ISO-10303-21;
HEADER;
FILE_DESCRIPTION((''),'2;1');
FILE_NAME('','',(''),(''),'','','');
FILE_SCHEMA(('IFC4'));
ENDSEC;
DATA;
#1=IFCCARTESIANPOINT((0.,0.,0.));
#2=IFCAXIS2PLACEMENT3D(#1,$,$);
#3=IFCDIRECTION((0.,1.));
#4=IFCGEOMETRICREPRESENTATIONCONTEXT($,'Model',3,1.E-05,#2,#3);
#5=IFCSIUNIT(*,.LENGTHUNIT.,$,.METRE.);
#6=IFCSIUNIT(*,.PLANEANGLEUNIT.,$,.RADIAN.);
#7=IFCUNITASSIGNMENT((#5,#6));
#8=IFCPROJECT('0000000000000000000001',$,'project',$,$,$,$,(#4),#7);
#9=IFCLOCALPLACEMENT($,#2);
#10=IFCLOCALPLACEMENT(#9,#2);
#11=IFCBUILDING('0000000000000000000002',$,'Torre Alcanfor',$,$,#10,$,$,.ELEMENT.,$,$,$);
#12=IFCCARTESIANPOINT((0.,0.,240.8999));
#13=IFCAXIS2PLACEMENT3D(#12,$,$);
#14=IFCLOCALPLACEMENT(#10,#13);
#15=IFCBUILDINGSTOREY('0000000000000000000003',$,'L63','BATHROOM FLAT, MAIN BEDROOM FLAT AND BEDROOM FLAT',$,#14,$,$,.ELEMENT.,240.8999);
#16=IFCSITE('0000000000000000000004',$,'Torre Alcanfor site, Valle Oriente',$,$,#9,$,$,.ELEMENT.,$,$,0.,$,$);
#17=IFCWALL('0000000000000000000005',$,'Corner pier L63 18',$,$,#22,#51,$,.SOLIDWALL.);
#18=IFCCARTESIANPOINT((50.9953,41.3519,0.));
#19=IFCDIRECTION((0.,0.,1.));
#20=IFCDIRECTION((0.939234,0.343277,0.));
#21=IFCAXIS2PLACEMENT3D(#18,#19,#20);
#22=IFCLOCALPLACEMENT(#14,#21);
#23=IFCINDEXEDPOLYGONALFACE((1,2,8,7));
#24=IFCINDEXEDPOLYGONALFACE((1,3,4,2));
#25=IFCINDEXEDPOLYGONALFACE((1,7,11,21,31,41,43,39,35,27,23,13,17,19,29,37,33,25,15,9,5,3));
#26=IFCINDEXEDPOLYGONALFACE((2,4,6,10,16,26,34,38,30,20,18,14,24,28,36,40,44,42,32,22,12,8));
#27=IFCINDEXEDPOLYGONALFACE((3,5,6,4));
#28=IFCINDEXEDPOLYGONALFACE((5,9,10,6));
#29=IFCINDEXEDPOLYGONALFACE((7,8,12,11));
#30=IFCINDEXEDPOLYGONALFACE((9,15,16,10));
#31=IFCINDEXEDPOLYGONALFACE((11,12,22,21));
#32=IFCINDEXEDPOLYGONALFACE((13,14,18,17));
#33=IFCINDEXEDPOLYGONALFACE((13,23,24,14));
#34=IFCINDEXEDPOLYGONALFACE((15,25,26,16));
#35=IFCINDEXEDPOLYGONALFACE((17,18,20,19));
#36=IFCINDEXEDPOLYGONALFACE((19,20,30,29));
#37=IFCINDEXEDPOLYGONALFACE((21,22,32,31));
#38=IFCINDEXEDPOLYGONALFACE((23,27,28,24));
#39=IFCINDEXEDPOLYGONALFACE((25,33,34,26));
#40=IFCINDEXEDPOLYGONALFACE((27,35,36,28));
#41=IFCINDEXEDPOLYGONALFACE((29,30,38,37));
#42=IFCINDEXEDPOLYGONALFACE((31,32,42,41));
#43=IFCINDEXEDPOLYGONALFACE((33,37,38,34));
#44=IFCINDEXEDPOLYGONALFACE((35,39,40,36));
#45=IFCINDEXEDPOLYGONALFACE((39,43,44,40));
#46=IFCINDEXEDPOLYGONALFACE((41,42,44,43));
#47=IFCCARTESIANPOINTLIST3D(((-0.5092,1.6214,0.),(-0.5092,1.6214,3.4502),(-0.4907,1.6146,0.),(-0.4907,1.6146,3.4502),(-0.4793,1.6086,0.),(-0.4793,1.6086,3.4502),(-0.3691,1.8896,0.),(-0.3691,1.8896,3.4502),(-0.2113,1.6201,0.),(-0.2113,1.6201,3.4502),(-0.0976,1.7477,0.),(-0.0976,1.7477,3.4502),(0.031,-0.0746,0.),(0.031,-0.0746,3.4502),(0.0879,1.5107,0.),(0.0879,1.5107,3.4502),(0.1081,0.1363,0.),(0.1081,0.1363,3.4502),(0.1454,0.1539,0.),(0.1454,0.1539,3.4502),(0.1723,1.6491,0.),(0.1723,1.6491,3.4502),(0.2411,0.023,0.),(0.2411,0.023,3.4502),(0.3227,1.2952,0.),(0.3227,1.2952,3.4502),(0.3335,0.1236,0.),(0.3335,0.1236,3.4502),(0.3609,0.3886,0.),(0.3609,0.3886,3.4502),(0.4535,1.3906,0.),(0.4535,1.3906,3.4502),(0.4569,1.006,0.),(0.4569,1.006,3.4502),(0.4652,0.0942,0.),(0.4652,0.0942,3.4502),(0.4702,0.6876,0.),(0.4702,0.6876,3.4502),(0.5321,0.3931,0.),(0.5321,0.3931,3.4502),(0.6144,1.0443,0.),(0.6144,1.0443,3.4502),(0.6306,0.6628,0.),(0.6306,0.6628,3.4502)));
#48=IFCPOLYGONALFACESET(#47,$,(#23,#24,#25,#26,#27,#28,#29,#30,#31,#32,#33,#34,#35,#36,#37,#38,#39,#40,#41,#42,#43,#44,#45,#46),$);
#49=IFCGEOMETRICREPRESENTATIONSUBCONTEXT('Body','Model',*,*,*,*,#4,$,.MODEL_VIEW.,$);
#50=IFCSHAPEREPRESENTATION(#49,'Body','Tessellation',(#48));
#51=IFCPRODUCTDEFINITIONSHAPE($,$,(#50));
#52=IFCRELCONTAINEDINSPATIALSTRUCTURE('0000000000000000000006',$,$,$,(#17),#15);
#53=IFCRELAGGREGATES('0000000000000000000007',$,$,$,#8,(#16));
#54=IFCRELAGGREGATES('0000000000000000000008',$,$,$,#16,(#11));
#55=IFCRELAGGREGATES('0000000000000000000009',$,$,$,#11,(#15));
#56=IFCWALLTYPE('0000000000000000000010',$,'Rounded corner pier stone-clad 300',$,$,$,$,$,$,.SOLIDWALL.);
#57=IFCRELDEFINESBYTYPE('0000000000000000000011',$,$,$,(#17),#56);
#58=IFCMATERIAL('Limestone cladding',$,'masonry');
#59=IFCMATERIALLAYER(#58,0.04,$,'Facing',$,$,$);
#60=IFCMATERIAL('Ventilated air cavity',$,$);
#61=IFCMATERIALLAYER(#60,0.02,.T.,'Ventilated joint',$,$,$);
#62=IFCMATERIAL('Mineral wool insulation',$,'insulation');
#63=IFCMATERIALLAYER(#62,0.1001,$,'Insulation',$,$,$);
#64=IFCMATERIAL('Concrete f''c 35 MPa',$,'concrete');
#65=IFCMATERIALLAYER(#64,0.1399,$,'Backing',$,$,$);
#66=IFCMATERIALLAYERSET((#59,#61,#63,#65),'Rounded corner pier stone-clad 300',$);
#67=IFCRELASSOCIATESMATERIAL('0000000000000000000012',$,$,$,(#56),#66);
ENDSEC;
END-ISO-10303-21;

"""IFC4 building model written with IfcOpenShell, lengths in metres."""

from ifc_helpers import new_model, si_unit, direction, frame, origin, place, context, subcontext, project, spatial, polyline, outline, extrude, material, layer, layer_set, type_object, element, save


model = new_model("IFC4")

# Units and contexts
model_context = context("Model", 3, precision=1e-05, world=origin(), true_north=direction((0.0, 1.0)))
body_context = subcontext(model_context, "Body", "Model", "MODEL_VIEW")
ifc_project = project(units=[si_unit("LENGTHUNIT", "METRE"), si_unit("PLANEANGLEUNIT", "RADIAN")], contexts=[model_context])

# Site, building, storey
site_placement = place(None, origin())
site = spatial("IfcSite", under=ifc_project, at=site_placement, Name="Torre Alcanfor site, Valle Oriente", CompositionType="ELEMENT", RefElevation=0.0)
building_placement = place(site_placement, origin())
building = spatial("IfcBuilding", under=site, at=building_placement, Name="Torre Alcanfor", CompositionType="ELEMENT")
storey_placement = place(building_placement, frame((0.0, 0.0, 240.8999)))
storey = spatial("IfcBuildingStorey", under=building, at=storey_placement, Name="L63", Description="BATHROOM FLAT, MAIN BEDROOM FLAT AND BEDROOM FLAT", CompositionType="ELEMENT", Elevation=240.8999)

# Wall
ifc_material_1 = material(Name="Limestone cladding", Category="masonry")
ifc_layer_1 = layer(ifc_material_1, 0.04, Name="Facing")
ifc_material_2 = material(Name="Ventilated air cavity")
ifc_layer_2 = layer(ifc_material_2, 0.02, ventilated=True, Name="Ventilated joint")
ifc_material_3 = material(Name="Mineral wool insulation", Category="insulation")
ifc_layer_3 = layer(ifc_material_3, 0.1001, Name="Insulation")
ifc_material_4 = material(Name="Concrete f'c 35 MPa", Category="concrete")
ifc_layer_4 = layer(ifc_material_4, 0.1399, Name="Backing")
ifc_layer_set_1 = layer_set([ifc_layer_1, ifc_layer_2, ifc_layer_3, ifc_layer_4], Name="Rounded corner pier stone-clad 300")
wall_type_1 = type_object("IfcWallType", Name="Rounded corner pier stone-clad 300", PredefinedType="SOLIDWALL", material=ifc_layer_set_1)
wall_1_placement = place(storey_placement, frame((50.9953, 41.3519, 0.0), z_axis=(0.0, 0.0, 1.0), x_axis=(0.939234, 0.343277, 0.0)))
element("IfcWall", 1, at=wall_1_placement, inside=storey, type_object=wall_type_1, Name="Corner pier L63 18", PredefinedType="SOLIDWALL", context=body_context, shape_type="SweptSolid", body=[
    extrude(outline(polyline([(0.5321, 0.3931), (0.6306, 0.6628), (0.6144, 1.0443), (0.4535, 1.3906), (0.1723, 1.6491), (-0.0976, 1.7477), (-0.3691, 1.8896), (-0.5092, 1.6214), (-0.4907, 1.6146), (-0.4793, 1.6086), (-0.2113, 1.6201), (0.0879, 1.5107), (0.3227, 1.2952), (0.4569, 1.006), (0.4702, 0.6876), (0.3609, 0.3886), (0.1454, 0.1539), (0.1081, 0.1363), (0.031, -0.0746), (0.2411, 0.023), (0.3335, 0.1236), (0.4652, 0.0942), (0.5321, 0.3931)])), origin(), (0.0, 0.0, 1.0), 3.4502),
])

save(model, "model.ifc")
